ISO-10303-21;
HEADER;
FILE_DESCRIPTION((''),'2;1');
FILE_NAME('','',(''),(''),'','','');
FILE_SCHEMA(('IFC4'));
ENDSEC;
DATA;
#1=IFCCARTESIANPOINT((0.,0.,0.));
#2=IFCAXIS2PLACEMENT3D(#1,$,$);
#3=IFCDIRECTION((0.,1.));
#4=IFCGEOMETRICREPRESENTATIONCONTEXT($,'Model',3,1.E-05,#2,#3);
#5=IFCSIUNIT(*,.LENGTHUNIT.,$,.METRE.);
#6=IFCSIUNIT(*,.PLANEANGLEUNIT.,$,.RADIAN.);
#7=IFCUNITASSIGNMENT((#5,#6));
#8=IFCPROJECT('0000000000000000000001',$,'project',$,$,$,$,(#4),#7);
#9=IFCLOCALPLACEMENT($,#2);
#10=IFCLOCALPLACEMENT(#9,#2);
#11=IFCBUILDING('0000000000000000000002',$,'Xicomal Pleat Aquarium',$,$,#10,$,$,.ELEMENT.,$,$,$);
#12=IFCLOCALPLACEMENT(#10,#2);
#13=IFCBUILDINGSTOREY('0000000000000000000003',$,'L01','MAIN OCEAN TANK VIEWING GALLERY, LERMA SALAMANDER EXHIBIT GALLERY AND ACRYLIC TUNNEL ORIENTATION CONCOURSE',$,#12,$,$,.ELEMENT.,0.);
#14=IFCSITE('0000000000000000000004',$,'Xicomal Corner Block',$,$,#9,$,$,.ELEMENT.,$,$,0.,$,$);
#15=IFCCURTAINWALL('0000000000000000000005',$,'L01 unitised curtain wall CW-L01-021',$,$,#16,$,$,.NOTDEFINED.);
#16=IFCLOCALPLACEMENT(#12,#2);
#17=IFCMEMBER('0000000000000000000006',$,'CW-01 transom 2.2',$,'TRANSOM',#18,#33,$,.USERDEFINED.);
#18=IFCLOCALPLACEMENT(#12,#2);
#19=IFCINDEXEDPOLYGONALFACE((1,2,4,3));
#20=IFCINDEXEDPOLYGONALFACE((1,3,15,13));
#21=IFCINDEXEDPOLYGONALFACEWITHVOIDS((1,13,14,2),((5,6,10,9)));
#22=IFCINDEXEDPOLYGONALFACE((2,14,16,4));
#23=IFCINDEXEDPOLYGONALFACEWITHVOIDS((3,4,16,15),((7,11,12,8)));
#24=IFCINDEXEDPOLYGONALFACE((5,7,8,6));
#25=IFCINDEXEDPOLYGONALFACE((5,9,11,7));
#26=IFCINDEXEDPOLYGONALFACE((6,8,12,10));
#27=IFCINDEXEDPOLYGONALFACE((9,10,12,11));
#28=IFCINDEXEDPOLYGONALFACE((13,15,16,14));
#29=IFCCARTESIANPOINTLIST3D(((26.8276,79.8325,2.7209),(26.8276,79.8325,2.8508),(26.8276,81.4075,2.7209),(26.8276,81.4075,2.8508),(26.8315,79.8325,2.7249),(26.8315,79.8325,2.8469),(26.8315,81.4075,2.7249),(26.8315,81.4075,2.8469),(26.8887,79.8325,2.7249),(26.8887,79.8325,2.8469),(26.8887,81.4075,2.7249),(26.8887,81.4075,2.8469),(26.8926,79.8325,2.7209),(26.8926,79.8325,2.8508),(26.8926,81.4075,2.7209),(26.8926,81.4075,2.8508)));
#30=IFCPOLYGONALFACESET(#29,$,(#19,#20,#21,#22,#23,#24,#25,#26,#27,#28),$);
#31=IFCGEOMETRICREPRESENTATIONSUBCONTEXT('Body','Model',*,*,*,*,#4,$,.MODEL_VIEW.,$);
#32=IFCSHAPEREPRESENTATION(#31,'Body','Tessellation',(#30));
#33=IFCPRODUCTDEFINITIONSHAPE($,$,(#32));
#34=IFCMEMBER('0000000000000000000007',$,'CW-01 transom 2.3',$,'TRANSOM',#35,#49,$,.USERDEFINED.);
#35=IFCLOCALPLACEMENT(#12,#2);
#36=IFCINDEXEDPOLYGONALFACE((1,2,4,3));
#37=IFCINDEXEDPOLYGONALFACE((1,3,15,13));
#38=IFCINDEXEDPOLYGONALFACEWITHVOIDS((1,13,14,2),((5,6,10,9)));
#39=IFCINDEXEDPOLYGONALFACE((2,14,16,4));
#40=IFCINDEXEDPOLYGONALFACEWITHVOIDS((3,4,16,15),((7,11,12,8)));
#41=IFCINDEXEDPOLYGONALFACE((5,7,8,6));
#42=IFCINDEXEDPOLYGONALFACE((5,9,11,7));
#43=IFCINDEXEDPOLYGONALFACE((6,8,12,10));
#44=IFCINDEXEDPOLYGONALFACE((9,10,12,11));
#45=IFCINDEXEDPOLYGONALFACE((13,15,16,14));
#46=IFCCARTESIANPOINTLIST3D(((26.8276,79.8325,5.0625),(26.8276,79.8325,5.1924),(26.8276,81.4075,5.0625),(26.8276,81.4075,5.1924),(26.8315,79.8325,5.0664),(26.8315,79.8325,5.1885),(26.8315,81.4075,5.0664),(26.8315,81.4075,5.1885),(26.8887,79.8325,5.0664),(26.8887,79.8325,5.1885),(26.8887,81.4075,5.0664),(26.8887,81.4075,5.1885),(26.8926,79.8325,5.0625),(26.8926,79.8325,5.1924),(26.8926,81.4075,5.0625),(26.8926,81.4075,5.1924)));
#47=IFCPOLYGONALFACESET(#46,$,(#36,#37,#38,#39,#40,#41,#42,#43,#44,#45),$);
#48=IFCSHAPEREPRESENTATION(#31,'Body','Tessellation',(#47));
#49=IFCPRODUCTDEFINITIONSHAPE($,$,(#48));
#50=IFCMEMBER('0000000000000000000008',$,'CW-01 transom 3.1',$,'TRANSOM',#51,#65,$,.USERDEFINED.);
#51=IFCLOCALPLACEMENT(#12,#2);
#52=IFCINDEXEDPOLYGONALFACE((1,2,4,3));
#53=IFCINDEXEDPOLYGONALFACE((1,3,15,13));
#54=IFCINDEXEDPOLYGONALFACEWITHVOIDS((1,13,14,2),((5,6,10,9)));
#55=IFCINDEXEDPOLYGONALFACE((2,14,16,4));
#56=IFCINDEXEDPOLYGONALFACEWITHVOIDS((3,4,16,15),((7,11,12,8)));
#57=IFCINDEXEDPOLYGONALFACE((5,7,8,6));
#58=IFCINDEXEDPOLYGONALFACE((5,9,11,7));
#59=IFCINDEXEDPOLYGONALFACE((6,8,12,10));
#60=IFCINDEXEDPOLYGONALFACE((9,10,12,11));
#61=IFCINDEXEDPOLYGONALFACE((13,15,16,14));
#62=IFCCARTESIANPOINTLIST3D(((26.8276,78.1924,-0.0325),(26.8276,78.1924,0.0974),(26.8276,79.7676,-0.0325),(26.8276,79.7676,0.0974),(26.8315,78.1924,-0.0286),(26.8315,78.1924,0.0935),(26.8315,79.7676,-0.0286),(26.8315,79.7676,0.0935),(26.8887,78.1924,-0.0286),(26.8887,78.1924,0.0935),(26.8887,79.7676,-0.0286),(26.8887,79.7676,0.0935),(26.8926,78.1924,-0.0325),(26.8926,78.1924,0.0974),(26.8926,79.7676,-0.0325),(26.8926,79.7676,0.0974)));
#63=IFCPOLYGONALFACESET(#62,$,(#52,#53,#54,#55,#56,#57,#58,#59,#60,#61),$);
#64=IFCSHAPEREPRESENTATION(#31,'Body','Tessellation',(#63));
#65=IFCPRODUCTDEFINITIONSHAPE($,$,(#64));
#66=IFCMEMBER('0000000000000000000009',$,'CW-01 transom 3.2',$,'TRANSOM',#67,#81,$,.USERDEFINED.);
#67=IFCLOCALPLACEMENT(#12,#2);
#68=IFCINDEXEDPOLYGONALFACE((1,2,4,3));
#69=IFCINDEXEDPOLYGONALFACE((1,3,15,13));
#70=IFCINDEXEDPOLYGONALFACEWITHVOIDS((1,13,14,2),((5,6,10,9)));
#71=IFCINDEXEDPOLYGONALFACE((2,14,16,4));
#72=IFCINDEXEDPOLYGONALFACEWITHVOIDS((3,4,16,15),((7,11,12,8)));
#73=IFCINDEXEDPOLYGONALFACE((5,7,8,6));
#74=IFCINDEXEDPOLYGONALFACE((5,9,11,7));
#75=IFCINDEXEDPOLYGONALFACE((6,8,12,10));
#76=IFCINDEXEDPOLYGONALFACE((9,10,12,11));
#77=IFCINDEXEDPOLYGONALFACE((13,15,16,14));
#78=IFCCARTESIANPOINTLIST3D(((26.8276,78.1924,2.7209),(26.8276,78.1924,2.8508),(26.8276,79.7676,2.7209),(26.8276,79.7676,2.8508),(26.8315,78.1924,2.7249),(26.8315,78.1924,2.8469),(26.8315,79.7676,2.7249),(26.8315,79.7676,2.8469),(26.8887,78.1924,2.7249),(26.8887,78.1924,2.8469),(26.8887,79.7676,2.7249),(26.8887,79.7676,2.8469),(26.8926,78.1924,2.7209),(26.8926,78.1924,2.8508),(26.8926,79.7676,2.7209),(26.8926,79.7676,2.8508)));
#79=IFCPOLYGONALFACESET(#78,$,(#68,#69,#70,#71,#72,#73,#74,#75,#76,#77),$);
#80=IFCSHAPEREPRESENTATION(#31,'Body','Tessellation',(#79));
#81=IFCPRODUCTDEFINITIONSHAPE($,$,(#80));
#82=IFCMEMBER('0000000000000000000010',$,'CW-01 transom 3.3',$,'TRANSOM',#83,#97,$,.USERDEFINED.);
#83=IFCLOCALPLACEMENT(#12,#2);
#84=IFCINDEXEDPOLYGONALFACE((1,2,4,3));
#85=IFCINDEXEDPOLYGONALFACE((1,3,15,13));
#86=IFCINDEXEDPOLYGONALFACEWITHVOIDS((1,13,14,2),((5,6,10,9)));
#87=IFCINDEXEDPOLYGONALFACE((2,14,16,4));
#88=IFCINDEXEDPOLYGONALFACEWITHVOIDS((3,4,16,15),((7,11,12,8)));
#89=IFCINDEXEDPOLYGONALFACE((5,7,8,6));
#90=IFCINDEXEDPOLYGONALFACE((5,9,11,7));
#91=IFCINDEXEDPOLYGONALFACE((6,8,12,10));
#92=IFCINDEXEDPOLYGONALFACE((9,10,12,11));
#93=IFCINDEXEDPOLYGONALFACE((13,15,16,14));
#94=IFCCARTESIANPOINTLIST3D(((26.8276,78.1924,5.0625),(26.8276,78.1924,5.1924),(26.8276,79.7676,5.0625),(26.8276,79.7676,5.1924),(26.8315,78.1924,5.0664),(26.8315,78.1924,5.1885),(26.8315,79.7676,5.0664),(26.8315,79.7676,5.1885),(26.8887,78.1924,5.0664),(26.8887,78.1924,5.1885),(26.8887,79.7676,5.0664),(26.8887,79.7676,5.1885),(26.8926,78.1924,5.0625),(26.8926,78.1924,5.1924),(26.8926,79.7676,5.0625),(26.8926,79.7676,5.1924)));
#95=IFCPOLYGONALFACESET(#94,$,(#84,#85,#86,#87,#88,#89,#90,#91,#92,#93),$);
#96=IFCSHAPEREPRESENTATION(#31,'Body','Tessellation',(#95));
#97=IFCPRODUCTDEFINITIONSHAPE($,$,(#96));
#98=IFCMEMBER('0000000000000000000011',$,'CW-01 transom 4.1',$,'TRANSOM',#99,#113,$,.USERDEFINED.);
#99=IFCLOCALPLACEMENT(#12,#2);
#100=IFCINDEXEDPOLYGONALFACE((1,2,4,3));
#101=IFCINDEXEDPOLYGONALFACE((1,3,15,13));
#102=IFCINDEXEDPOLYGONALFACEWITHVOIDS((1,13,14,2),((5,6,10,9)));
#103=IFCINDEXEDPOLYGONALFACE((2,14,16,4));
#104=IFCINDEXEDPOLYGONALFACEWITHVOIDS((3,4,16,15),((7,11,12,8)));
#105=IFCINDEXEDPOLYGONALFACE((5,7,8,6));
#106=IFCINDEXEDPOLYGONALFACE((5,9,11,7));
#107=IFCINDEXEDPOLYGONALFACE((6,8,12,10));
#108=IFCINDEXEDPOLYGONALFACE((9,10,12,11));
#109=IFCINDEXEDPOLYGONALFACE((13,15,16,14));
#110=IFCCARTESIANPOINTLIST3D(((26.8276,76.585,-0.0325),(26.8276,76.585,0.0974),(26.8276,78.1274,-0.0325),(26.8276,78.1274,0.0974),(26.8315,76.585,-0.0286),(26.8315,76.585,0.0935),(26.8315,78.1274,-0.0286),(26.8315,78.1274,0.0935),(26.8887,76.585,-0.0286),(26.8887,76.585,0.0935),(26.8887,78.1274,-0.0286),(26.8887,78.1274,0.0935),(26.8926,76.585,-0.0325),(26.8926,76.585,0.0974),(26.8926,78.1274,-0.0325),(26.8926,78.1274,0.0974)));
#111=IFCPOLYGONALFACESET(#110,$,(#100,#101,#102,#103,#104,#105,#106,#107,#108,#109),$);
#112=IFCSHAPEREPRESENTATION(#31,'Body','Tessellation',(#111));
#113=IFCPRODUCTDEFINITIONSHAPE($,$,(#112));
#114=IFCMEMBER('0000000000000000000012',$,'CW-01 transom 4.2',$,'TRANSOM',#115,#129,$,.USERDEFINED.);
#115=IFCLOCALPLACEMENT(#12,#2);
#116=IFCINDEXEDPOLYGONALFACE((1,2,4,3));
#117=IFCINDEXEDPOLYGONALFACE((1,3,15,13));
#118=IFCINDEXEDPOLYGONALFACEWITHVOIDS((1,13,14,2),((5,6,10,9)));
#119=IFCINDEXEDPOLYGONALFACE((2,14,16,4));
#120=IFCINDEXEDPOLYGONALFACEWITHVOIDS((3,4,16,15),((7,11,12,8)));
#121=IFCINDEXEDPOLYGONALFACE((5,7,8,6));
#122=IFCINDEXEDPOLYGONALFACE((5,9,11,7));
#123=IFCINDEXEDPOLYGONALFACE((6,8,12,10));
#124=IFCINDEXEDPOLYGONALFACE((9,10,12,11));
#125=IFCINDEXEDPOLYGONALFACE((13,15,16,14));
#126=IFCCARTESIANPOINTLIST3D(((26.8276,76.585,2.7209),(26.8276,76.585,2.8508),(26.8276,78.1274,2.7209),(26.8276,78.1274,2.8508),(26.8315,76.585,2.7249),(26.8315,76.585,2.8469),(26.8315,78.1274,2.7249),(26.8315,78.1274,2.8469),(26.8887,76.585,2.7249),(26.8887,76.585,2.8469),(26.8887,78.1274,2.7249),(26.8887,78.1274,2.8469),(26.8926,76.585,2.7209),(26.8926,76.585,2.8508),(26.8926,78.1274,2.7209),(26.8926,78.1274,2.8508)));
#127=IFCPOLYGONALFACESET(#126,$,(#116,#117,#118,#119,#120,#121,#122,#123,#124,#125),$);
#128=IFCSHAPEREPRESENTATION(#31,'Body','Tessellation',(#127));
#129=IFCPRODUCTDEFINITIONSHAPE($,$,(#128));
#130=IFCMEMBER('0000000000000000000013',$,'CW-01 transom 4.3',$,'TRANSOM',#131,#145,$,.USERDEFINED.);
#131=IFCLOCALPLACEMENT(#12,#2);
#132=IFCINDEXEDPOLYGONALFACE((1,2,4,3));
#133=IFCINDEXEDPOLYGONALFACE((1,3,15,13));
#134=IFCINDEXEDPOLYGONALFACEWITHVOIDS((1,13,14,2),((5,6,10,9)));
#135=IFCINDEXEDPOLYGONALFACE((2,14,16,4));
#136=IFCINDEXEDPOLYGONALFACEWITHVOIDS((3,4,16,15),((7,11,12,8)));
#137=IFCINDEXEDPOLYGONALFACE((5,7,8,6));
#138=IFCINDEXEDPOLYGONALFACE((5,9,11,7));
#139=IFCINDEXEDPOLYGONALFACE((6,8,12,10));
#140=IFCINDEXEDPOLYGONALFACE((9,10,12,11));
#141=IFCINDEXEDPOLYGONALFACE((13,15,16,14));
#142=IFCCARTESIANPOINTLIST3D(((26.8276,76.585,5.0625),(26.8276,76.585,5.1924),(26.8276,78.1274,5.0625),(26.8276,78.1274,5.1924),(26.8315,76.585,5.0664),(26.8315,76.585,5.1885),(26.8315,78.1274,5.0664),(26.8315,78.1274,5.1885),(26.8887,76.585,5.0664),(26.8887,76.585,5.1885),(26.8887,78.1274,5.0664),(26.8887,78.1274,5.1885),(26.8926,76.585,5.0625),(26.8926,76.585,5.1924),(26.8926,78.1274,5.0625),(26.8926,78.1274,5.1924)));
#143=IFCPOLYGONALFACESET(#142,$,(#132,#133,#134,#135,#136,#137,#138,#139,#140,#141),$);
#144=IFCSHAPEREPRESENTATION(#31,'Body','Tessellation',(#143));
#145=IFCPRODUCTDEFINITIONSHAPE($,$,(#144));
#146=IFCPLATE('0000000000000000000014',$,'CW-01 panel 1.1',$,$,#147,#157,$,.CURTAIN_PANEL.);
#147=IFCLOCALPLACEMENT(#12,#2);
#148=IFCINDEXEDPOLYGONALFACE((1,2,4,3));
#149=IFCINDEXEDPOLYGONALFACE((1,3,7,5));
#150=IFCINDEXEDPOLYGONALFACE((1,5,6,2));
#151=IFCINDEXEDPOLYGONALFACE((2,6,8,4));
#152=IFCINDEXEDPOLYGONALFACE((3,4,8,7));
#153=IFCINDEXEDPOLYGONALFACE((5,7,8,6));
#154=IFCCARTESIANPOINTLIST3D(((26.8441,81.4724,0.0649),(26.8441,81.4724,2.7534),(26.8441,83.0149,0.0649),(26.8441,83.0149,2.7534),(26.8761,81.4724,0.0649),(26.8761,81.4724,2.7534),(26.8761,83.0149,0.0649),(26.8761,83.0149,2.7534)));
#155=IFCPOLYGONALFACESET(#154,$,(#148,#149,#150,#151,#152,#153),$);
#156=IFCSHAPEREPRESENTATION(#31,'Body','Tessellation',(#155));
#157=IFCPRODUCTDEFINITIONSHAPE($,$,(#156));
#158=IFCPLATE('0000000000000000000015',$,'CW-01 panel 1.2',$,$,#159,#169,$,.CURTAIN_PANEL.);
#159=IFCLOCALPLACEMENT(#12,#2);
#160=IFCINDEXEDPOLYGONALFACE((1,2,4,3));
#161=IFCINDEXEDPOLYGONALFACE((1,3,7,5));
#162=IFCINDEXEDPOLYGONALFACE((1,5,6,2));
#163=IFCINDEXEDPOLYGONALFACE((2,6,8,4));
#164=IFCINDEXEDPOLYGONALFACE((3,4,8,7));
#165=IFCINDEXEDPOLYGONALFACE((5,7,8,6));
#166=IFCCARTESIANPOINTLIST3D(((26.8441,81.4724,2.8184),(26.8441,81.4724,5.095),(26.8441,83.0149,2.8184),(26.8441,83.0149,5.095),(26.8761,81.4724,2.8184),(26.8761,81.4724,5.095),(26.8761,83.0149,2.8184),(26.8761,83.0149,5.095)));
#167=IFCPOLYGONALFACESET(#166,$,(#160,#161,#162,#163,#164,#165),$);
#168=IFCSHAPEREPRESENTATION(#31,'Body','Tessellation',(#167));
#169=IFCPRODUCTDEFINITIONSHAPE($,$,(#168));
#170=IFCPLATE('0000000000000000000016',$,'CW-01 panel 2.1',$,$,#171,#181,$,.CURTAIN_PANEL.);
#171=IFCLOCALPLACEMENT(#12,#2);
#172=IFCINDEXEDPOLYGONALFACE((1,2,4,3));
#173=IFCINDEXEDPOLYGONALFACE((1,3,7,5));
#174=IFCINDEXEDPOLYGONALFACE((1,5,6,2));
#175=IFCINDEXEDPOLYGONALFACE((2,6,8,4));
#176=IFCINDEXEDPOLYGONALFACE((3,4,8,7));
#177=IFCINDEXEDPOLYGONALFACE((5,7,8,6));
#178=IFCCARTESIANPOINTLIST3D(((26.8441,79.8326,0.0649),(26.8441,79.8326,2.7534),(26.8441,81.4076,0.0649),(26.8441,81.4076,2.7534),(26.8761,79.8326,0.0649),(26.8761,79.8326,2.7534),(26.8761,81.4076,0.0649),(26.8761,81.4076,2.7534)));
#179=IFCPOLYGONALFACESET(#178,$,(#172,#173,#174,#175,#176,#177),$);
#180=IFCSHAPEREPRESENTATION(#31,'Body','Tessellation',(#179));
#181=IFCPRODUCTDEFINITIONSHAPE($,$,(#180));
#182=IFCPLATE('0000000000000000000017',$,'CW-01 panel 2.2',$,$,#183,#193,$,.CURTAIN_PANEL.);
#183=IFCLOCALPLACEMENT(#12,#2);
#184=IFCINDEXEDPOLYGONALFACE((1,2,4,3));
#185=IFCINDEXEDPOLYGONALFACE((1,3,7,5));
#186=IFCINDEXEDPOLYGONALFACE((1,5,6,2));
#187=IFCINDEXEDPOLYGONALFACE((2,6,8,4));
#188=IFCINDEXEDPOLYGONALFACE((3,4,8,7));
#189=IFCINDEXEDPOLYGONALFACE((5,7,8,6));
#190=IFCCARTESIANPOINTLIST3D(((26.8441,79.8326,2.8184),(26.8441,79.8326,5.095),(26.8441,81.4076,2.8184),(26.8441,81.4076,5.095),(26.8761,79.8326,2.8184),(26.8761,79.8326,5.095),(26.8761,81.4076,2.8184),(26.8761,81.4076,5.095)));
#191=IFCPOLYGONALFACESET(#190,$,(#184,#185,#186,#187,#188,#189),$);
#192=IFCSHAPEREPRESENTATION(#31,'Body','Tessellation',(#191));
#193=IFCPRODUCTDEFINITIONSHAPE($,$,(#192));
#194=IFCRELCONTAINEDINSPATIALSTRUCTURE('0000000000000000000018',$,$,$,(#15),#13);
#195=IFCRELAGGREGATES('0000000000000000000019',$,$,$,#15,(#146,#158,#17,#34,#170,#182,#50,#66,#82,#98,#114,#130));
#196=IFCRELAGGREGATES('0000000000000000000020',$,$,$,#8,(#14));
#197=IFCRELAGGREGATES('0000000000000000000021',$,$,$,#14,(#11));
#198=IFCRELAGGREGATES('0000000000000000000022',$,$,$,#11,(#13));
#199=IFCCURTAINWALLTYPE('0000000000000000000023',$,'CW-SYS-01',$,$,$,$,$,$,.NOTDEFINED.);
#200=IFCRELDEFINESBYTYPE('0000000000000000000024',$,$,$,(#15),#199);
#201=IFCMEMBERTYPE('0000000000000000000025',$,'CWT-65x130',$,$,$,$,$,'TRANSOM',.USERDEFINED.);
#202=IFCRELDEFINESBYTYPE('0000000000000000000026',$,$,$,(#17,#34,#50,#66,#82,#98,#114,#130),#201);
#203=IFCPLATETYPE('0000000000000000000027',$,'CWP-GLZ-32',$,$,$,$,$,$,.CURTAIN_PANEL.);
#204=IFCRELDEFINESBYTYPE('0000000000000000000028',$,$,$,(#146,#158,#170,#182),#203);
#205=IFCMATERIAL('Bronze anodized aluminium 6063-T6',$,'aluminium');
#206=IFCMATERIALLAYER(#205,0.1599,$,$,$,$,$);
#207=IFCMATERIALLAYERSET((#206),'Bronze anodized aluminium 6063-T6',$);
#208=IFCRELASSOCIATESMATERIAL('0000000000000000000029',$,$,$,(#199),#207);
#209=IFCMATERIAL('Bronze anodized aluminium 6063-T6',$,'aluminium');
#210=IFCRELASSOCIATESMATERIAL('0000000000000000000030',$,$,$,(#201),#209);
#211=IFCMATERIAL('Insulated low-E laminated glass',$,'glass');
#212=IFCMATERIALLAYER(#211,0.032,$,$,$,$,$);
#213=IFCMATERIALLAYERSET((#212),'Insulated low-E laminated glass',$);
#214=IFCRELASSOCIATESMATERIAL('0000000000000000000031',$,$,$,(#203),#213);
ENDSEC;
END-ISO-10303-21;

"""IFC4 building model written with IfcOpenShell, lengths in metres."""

from ifc_helpers import new_model, si_unit, direction, frame, origin, origin_2d, place, context, subcontext, project, spatial, rectangle, hollow_rectangle, extrude, material, layer, layer_set, material_profile, profile_set, type_object, element, aggregate, save


model = new_model("IFC4")

# Units and contexts
model_context = context("Model", 3, precision=1e-05, world=origin(), true_north=direction((0.0, 1.0)))
body_context = subcontext(model_context, "Body", "Model", "MODEL_VIEW")
ifc_project = project(units=[si_unit("LENGTHUNIT", "METRE"), si_unit("PLANEANGLEUNIT", "RADIAN")], contexts=[model_context])

# Site, building, storey
site_placement = place(None, origin())
site = spatial("IfcSite", under=ifc_project, at=site_placement, Name="Xicomal Corner Block", CompositionType="ELEMENT", RefElevation=0.0)
building_placement = place(site_placement, origin())
building = spatial("IfcBuilding", under=site, at=building_placement, Name="Xicomal Pleat Aquarium", CompositionType="ELEMENT")
storey_placement = place(building_placement, origin())
storey = spatial("IfcBuildingStorey", under=building, at=storey_placement, Name="L01", Description="MAIN OCEAN TANK VIEWING GALLERY, LERMA SALAMANDER EXHIBIT GALLERY AND ACRYLIC TUNNEL ORIENTATION CONCOURSE", CompositionType="ELEMENT", Elevation=0.0)

# Curtain wall, members, plates
ifc_material_1 = material(Name="Bronze anodized aluminium 6063-T6", Category="aluminium")
ifc_layer_1 = layer(ifc_material_1, 0.1599)
ifc_layer_set_1 = layer_set([ifc_layer_1], Name="Bronze anodized aluminium 6063-T6")
curtain_wall_type = type_object("IfcCurtainWallType", Name="CW-SYS-01", PredefinedType="NOTDEFINED", material=ifc_layer_set_1)
curtain_wall_placement = place(storey_placement, origin())
curtain_wall = element("IfcCurtainWall", 1, at=curtain_wall_placement, inside=storey, type_object=curtain_wall_type, Name="L01 unitised curtain wall CW-L01-021", PredefinedType="NOTDEFINED")
ifc_material_2 = material(Name="Bronze anodized aluminium 6063-T6", Category="aluminium")
ifc_material_profile_1 = material_profile(ifc_material_2, hollow_rectangle(XDim=0.0649, YDim=0.1299, WallThickness=0.0039, at=origin_2d()), Name="ALU TRAN 65x130")
ifc_profile_set_1 = profile_set([ifc_material_profile_1], Name="Bronze anodized aluminium 6063-T6")
member_type_1 = type_object("IfcMemberType", Name="CWT-65x130", ElementType="TRANSOM", PredefinedType="USERDEFINED", material=ifc_profile_set_1)
member_1_placement = place(storey_placement, frame((26.8601, 81.4075, 2.7859), z_axis=(0.0, -1.0, 0.0), x_axis=(1.0, 0.0, 0.0)))
member_1 = element("IfcMember", 2, at=member_1_placement, type_object=member_type_1, Name="CW-01 transom 2.2", ObjectType="TRANSOM", PredefinedType="USERDEFINED", context=body_context, shape_type="SweptSolid", body=[
    extrude(hollow_rectangle(XDim=0.0649, YDim=0.1299, WallThickness=0.0039, at=origin_2d()), origin(), (0.0, 0.0, 1.0), 1.575),
])
member_2_placement = place(storey_placement, frame((26.8601, 81.4075, 5.1274), z_axis=(0.0, -1.0, 0.0), x_axis=(1.0, 0.0, 0.0)))
member_2 = element("IfcMember", 3, at=member_2_placement, type_object=member_type_1, Name="CW-01 transom 2.3", ObjectType="TRANSOM", PredefinedType="USERDEFINED", context=body_context, shape_type="SweptSolid", body=[
    extrude(hollow_rectangle(XDim=0.0649, YDim=0.1299, WallThickness=0.0039, at=origin_2d()), origin(), (0.0, 0.0, 1.0), 1.575),
])
member_3_placement = place(storey_placement, frame((26.8601, 79.7676, 0.0325), z_axis=(0.0, -1.0, 0.0), x_axis=(1.0, 0.0, 0.0)))
member_3 = element("IfcMember", 4, at=member_3_placement, type_object=member_type_1, Name="CW-01 transom 3.1", ObjectType="TRANSOM", PredefinedType="USERDEFINED", context=body_context, shape_type="SweptSolid", body=[
    extrude(hollow_rectangle(XDim=0.0649, YDim=0.1299, WallThickness=0.0039, at=origin_2d()), origin(), (0.0, 0.0, 1.0), 1.5752),
])
member_4_placement = place(storey_placement, frame((26.8601, 79.7676, 2.7859), z_axis=(0.0, -1.0, 0.0), x_axis=(1.0, 0.0, 0.0)))
member_4 = element("IfcMember", 5, at=member_4_placement, type_object=member_type_1, Name="CW-01 transom 3.2", ObjectType="TRANSOM", PredefinedType="USERDEFINED", context=body_context, shape_type="SweptSolid", body=[
    extrude(hollow_rectangle(XDim=0.0649, YDim=0.1299, WallThickness=0.0039, at=origin_2d()), origin(), (0.0, 0.0, 1.0), 1.5752),
])
member_5_placement = place(storey_placement, frame((26.8601, 79.7676, 5.1274), z_axis=(0.0, -1.0, 0.0), x_axis=(1.0, 0.0, 0.0)))
member_5 = element("IfcMember", 6, at=member_5_placement, type_object=member_type_1, Name="CW-01 transom 3.3", ObjectType="TRANSOM", PredefinedType="USERDEFINED", context=body_context, shape_type="SweptSolid", body=[
    extrude(hollow_rectangle(XDim=0.0649, YDim=0.1299, WallThickness=0.0039, at=origin_2d()), origin(), (0.0, 0.0, 1.0), 1.5752),
])
member_6_placement = place(storey_placement, frame((26.8601, 78.1274, 0.0325), z_axis=(0.0, -1.0, 0.0), x_axis=(1.0, 0.0, 0.0)))
member_6 = element("IfcMember", 7, at=member_6_placement, type_object=member_type_1, Name="CW-01 transom 4.1", ObjectType="TRANSOM", PredefinedType="USERDEFINED", context=body_context, shape_type="SweptSolid", body=[
    extrude(hollow_rectangle(XDim=0.0649, YDim=0.1299, WallThickness=0.0039, at=origin_2d()), origin(), (0.0, 0.0, 1.0), 1.5425),
])
member_7_placement = place(storey_placement, frame((26.8601, 78.1274, 2.7859), z_axis=(0.0, -1.0, 0.0), x_axis=(1.0, 0.0, 0.0)))
member_7 = element("IfcMember", 8, at=member_7_placement, type_object=member_type_1, Name="CW-01 transom 4.2", ObjectType="TRANSOM", PredefinedType="USERDEFINED", context=body_context, shape_type="SweptSolid", body=[
    extrude(hollow_rectangle(XDim=0.0649, YDim=0.1299, WallThickness=0.0039, at=origin_2d()), origin(), (0.0, 0.0, 1.0), 1.5425),
])
member_8_placement = place(storey_placement, frame((26.8601, 78.1274, 5.1274), z_axis=(0.0, -1.0, 0.0), x_axis=(1.0, 0.0, 0.0)))
member_8 = element("IfcMember", 9, at=member_8_placement, type_object=member_type_1, Name="CW-01 transom 4.3", ObjectType="TRANSOM", PredefinedType="USERDEFINED", context=body_context, shape_type="SweptSolid", body=[
    extrude(hollow_rectangle(XDim=0.0649, YDim=0.1299, WallThickness=0.0039, at=origin_2d()), origin(), (0.0, 0.0, 1.0), 1.5425),
])
ifc_material_3 = material(Name="Insulated low-E laminated glass", Category="glass")
ifc_layer_2 = layer(ifc_material_3, 0.032)
ifc_layer_set_2 = layer_set([ifc_layer_2], Name="Insulated low-E laminated glass")
plate_type = type_object("IfcPlateType", Name="CWP-GLZ-32", PredefinedType="CURTAIN_PANEL", material=ifc_layer_set_2)
plate_1_placement = place(storey_placement, frame((26.8601, 82.2437, 0.0649), z_axis=(0.0, 0.0, 1.0), x_axis=(0.0, -1.0, 0.0)))
plate_1 = element("IfcPlate", 10, at=plate_1_placement, type_object=plate_type, Name="CW-01 panel 1.1", PredefinedType="CURTAIN_PANEL", context=body_context, shape_type="SweptSolid", body=[
    extrude(rectangle(XDim=1.5425, YDim=0.032, at=origin_2d()), origin(), (0.0, 0.0, 1.0), 2.6885),
])
plate_2_placement = place(storey_placement, frame((26.8601, 82.2437, 2.8184), z_axis=(0.0, 0.0, 1.0), x_axis=(0.0, -1.0, 0.0)))
plate_2 = element("IfcPlate", 11, at=plate_2_placement, type_object=plate_type, Name="CW-01 panel 1.2", PredefinedType="CURTAIN_PANEL", context=body_context, shape_type="SweptSolid", body=[
    extrude(rectangle(XDim=1.5425, YDim=0.032, at=origin_2d()), origin(), (0.0, 0.0, 1.0), 2.2766),
])
plate_3_placement = place(storey_placement, frame((26.8601, 80.6201, 0.0649), z_axis=(0.0, 0.0, 1.0), x_axis=(0.0, -1.0, 0.0)))
plate_3 = element("IfcPlate", 12, at=plate_3_placement, type_object=plate_type, Name="CW-01 panel 2.1", PredefinedType="CURTAIN_PANEL", context=body_context, shape_type="SweptSolid", body=[
    extrude(rectangle(XDim=1.575, YDim=0.032, at=origin_2d()), origin(), (0.0, 0.0, 1.0), 2.6885),
])
plate_4_placement = place(storey_placement, frame((26.8601, 80.6201, 2.8184), z_axis=(0.0, 0.0, 1.0), x_axis=(0.0, -1.0, 0.0)))
plate_4 = element("IfcPlate", 13, at=plate_4_placement, type_object=plate_type, Name="CW-01 panel 2.2", PredefinedType="CURTAIN_PANEL", context=body_context, shape_type="SweptSolid", body=[
    extrude(rectangle(XDim=1.575, YDim=0.032, at=origin_2d()), origin(), (0.0, 0.0, 1.0), 2.2766),
])
aggregate(curtain_wall, [plate_1, plate_2, member_1, member_2, plate_3, plate_4, member_3, member_4, member_5, member_6, member_7, member_8])

save(model, "model.ifc")
